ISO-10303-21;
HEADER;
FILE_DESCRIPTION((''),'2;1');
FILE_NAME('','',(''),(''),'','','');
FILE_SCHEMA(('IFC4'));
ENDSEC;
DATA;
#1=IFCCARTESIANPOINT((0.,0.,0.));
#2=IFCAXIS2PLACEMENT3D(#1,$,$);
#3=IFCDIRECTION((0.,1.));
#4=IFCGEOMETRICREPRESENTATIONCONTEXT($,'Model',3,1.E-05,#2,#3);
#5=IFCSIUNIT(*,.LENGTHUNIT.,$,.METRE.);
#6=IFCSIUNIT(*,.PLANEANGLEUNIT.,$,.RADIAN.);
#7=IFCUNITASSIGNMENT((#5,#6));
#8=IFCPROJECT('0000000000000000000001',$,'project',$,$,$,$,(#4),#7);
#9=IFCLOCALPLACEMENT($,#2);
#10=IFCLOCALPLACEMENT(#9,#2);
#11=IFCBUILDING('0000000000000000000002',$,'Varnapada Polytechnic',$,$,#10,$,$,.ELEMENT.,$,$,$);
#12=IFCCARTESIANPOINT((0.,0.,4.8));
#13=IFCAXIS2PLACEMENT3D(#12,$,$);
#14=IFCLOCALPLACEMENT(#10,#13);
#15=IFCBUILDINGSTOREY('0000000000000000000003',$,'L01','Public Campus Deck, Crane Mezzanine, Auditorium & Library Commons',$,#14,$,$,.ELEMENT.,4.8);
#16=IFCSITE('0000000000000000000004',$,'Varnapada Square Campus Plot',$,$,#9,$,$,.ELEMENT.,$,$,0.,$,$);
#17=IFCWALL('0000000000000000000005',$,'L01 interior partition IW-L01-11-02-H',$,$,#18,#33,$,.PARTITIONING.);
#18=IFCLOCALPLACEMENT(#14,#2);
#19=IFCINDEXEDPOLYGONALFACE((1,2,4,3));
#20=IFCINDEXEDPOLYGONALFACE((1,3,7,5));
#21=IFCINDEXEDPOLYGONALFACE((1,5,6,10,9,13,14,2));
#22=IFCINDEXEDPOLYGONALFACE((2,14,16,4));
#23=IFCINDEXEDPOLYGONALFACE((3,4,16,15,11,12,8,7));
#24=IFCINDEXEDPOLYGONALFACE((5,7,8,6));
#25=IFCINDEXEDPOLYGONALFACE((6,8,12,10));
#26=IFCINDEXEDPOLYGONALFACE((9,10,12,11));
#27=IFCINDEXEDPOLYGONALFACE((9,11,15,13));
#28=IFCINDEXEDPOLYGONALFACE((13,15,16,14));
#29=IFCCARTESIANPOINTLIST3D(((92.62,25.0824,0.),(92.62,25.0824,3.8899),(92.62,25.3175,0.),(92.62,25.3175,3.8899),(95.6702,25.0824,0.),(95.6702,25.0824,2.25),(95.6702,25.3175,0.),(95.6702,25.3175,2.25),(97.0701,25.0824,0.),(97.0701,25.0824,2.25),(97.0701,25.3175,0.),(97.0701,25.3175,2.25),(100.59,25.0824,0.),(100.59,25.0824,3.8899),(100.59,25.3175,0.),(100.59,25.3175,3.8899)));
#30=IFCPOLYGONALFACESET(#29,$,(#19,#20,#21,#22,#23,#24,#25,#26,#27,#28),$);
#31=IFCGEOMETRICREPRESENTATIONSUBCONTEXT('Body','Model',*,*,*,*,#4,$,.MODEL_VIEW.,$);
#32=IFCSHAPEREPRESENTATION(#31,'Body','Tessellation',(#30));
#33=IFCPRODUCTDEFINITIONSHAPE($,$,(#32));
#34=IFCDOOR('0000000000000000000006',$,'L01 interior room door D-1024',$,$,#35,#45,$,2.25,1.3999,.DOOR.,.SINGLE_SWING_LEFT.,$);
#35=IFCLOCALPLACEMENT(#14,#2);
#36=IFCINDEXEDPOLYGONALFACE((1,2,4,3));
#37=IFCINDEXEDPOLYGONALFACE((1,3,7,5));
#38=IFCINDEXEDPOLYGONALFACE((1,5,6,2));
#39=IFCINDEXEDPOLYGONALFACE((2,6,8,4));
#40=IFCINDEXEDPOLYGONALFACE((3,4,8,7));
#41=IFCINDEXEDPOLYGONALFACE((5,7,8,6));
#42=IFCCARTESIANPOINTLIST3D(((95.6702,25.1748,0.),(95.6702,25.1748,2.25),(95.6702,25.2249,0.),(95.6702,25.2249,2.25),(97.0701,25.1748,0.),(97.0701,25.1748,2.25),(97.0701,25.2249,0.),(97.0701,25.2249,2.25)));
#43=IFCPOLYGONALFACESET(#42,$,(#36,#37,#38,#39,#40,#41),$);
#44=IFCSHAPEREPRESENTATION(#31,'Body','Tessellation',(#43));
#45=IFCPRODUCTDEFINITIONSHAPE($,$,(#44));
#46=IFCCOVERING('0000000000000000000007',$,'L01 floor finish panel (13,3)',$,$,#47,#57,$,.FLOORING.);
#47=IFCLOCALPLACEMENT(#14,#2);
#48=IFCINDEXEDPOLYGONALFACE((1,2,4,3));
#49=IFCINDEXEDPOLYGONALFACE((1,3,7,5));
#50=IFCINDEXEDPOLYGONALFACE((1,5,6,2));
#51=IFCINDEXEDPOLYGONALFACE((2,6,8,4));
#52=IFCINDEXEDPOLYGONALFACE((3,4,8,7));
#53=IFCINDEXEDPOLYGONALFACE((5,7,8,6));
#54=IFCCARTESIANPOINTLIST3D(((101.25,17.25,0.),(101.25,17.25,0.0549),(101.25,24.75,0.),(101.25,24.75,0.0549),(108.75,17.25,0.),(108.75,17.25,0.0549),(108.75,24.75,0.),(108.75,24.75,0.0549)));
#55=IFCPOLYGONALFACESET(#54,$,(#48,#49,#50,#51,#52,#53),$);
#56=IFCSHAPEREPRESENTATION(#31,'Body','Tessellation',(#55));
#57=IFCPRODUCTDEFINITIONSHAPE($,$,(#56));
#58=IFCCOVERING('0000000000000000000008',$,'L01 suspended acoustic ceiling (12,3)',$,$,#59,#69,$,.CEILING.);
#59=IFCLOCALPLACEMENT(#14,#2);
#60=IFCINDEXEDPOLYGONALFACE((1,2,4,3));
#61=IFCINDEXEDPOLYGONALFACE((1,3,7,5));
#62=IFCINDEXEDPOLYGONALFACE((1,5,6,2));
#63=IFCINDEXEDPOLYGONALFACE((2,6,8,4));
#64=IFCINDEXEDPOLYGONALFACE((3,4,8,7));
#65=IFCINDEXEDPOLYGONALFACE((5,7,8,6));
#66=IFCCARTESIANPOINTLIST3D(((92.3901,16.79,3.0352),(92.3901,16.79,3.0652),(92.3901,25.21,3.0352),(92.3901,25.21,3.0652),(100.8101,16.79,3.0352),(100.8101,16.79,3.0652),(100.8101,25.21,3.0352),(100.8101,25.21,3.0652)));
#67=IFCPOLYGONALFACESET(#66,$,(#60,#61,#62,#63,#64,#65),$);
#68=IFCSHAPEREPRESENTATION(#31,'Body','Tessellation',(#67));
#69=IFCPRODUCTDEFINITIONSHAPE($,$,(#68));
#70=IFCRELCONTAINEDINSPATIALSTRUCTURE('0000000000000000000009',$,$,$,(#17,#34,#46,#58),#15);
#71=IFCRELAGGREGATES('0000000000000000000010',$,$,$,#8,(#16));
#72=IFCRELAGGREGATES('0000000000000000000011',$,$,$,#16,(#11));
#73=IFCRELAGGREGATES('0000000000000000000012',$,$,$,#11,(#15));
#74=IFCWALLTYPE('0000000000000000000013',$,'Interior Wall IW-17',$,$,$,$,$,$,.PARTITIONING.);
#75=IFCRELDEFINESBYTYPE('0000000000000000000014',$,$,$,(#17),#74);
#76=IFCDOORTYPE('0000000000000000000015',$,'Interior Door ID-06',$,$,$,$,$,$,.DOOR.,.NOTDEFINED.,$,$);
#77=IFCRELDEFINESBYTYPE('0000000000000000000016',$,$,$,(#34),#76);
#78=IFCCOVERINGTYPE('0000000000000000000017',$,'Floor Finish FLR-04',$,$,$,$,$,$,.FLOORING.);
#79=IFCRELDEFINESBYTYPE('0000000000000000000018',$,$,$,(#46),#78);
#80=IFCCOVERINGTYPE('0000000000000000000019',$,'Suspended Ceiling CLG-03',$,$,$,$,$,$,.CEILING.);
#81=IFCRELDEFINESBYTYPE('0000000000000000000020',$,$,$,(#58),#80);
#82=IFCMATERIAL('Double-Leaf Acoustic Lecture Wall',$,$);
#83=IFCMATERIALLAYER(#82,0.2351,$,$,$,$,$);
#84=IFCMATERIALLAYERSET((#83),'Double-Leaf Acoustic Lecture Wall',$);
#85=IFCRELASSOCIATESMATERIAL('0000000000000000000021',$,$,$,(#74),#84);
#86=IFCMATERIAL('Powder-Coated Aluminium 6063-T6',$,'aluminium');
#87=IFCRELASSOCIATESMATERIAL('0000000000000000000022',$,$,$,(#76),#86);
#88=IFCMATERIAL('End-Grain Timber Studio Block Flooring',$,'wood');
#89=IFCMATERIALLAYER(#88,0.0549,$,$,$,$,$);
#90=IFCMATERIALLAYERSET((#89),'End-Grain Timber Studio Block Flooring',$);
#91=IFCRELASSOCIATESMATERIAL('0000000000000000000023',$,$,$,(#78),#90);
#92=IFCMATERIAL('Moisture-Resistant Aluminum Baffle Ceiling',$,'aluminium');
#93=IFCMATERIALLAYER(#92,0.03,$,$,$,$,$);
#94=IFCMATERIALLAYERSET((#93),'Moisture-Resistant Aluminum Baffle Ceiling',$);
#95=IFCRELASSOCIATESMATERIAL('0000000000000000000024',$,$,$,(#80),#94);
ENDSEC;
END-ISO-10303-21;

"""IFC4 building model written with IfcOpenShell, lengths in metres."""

from ifc_helpers import new_model, si_unit, direction, frame, frame_2d, origin, origin_2d, place, context, subcontext, project, spatial, rectangle, extrude, material, layer, layer_set, type_object, element, fill, save


model = new_model("IFC4")

# Units and contexts
model_context = context("Model", 3, precision=1e-05, world=origin(), true_north=direction((0.0, 1.0)))
body_context = subcontext(model_context, "Body", "Model", "MODEL_VIEW")
ifc_project = project(units=[si_unit("LENGTHUNIT", "METRE"), si_unit("PLANEANGLEUNIT", "RADIAN")], contexts=[model_context])

# Site, building, storey
site_placement = place(None, origin())
site = spatial("IfcSite", under=ifc_project, at=site_placement, Name="Varnapada Square Campus Plot", CompositionType="ELEMENT", RefElevation=0.0)
building_placement = place(site_placement, origin())
building = spatial("IfcBuilding", under=site, at=building_placement, Name="Varnapada Polytechnic", CompositionType="ELEMENT")
storey_placement = place(building_placement, frame((0.0, 0.0, 4.8)))
storey = spatial("IfcBuildingStorey", under=building, at=storey_placement, Name="L01", Description="Public Campus Deck, Crane Mezzanine, Auditorium & Library Commons", CompositionType="ELEMENT", Elevation=4.8)

# Shared definitions
ifc_material_1 = material(Name="Powder-Coated Aluminium 6063-T6", Category="aluminium")

# Wall, opening, door
ifc_material_2 = material(Name="Double-Leaf Acoustic Lecture Wall")
ifc_layer_1 = layer(ifc_material_2, 0.2351)
ifc_layer_set_1 = layer_set([ifc_layer_1], Name="Double-Leaf Acoustic Lecture Wall")
wall_type_1 = type_object("IfcWallType", Name="Interior Wall IW-17", PredefinedType="PARTITIONING", material=ifc_layer_set_1)
wall_1_placement = place(storey_placement, frame((92.6201, 25.2, 0.0), z_axis=(0.0, 0.0, 1.0), x_axis=(1.0, 0.0, 0.0)))
wall_1 = element("IfcWall", 1, at=wall_1_placement, inside=storey, type_object=wall_type_1, Name="L01 interior partition IW-L01-11-02-H", PredefinedType="PARTITIONING", context=body_context, shape_type="SweptSolid", body=[
    extrude(rectangle(XDim=7.97, YDim=0.2351, at=frame_2d((3.9849, 0.0))), origin(), (0.0, 0.0, 1.0), 3.8899),
])
opening_1_placement = place(wall_1_placement, frame((3.05, 0.0, 0.0)))
opening_1 = element("IfcOpeningElement", 2, at=opening_1_placement, cuts=wall_1, PredefinedType="OPENING", context=body_context, shape_type="SweptSolid", body=[
    extrude(rectangle(XDim=1.3999, YDim=2.25, at=frame_2d((0.7, 1.125))), frame((0.0, 0.1274, 0.0), z_axis=(0.0, -1.0, 0.0), x_axis=(1.0, 0.0, 0.0)), (0.0, 0.0, 1.0), 0.2551),
])
door_type_1 = type_object("IfcDoorType", Name="Interior Door ID-06", OperationType="NOTDEFINED", PredefinedType="DOOR", material=ifc_material_1)
door_1_placement = place(opening_1_placement, origin())
door_1 = element("IfcDoor", 3, at=door_1_placement, inside=storey, type_object=door_type_1, Name="L01 interior room door D-1024", OperationType="SINGLE_SWING_LEFT", OverallHeight=2.25, OverallWidth=1.3999, PredefinedType="DOOR", context=body_context, shape_type="SweptSolid", body=[
    extrude(rectangle(XDim=1.3999, YDim=2.25, at=frame_2d((0.7, 1.125))), frame((0.0, 0.0249, 0.0), z_axis=(0.0, -1.0, 0.0), x_axis=(1.0, 0.0, 0.0)), (0.0, 0.0, 1.0), 0.05),
])
fill(opening_1, door_1)

# Coverings
ifc_material_3 = material(Name="End-Grain Timber Studio Block Flooring", Category="wood")
ifc_layer_2 = layer(ifc_material_3, 0.0549)
ifc_layer_set_2 = layer_set([ifc_layer_2], Name="End-Grain Timber Studio Block Flooring")
covering_type_1 = type_object("IfcCoveringType", Name="Floor Finish FLR-04", PredefinedType="FLOORING", material=ifc_layer_set_2)
covering_1_placement = place(storey_placement, frame((105.0, 21.0, 0.0), z_axis=(0.0, 0.0, 1.0), x_axis=(1.0, 0.0, 0.0)))
element("IfcCovering", 4, at=covering_1_placement, inside=storey, type_object=covering_type_1, Name="L01 floor finish panel (13,3)", PredefinedType="FLOORING", context=body_context, shape_type="SweptSolid", body=[
    extrude(rectangle(XDim=7.5, YDim=7.5, at=origin_2d()), origin(), (0.0, 0.0, 1.0), 0.0549),
])
ifc_material_4 = material(Name="Moisture-Resistant Aluminum Baffle Ceiling", Category="aluminium")
ifc_layer_3 = layer(ifc_material_4, 0.03)
ifc_layer_set_3 = layer_set([ifc_layer_3], Name="Moisture-Resistant Aluminum Baffle Ceiling")
covering_type_2 = type_object("IfcCoveringType", Name="Suspended Ceiling CLG-03", PredefinedType="CEILING", material=ifc_layer_set_3)
covering_2_placement = place(storey_placement, frame((96.6001, 21.0, 3.0352), z_axis=(0.0, 0.0, 1.0), x_axis=(1.0, 0.0, 0.0)))
element("IfcCovering", 5, at=covering_2_placement, inside=storey, type_object=covering_type_2, Name="L01 suspended acoustic ceiling (12,3)", PredefinedType="CEILING", context=body_context, shape_type="SweptSolid", body=[
    extrude(rectangle(XDim=8.4199, YDim=8.4199, at=origin_2d()), origin(), (0.0, 0.0, 1.0), 0.03),
])

save(model, "model.ifc")
